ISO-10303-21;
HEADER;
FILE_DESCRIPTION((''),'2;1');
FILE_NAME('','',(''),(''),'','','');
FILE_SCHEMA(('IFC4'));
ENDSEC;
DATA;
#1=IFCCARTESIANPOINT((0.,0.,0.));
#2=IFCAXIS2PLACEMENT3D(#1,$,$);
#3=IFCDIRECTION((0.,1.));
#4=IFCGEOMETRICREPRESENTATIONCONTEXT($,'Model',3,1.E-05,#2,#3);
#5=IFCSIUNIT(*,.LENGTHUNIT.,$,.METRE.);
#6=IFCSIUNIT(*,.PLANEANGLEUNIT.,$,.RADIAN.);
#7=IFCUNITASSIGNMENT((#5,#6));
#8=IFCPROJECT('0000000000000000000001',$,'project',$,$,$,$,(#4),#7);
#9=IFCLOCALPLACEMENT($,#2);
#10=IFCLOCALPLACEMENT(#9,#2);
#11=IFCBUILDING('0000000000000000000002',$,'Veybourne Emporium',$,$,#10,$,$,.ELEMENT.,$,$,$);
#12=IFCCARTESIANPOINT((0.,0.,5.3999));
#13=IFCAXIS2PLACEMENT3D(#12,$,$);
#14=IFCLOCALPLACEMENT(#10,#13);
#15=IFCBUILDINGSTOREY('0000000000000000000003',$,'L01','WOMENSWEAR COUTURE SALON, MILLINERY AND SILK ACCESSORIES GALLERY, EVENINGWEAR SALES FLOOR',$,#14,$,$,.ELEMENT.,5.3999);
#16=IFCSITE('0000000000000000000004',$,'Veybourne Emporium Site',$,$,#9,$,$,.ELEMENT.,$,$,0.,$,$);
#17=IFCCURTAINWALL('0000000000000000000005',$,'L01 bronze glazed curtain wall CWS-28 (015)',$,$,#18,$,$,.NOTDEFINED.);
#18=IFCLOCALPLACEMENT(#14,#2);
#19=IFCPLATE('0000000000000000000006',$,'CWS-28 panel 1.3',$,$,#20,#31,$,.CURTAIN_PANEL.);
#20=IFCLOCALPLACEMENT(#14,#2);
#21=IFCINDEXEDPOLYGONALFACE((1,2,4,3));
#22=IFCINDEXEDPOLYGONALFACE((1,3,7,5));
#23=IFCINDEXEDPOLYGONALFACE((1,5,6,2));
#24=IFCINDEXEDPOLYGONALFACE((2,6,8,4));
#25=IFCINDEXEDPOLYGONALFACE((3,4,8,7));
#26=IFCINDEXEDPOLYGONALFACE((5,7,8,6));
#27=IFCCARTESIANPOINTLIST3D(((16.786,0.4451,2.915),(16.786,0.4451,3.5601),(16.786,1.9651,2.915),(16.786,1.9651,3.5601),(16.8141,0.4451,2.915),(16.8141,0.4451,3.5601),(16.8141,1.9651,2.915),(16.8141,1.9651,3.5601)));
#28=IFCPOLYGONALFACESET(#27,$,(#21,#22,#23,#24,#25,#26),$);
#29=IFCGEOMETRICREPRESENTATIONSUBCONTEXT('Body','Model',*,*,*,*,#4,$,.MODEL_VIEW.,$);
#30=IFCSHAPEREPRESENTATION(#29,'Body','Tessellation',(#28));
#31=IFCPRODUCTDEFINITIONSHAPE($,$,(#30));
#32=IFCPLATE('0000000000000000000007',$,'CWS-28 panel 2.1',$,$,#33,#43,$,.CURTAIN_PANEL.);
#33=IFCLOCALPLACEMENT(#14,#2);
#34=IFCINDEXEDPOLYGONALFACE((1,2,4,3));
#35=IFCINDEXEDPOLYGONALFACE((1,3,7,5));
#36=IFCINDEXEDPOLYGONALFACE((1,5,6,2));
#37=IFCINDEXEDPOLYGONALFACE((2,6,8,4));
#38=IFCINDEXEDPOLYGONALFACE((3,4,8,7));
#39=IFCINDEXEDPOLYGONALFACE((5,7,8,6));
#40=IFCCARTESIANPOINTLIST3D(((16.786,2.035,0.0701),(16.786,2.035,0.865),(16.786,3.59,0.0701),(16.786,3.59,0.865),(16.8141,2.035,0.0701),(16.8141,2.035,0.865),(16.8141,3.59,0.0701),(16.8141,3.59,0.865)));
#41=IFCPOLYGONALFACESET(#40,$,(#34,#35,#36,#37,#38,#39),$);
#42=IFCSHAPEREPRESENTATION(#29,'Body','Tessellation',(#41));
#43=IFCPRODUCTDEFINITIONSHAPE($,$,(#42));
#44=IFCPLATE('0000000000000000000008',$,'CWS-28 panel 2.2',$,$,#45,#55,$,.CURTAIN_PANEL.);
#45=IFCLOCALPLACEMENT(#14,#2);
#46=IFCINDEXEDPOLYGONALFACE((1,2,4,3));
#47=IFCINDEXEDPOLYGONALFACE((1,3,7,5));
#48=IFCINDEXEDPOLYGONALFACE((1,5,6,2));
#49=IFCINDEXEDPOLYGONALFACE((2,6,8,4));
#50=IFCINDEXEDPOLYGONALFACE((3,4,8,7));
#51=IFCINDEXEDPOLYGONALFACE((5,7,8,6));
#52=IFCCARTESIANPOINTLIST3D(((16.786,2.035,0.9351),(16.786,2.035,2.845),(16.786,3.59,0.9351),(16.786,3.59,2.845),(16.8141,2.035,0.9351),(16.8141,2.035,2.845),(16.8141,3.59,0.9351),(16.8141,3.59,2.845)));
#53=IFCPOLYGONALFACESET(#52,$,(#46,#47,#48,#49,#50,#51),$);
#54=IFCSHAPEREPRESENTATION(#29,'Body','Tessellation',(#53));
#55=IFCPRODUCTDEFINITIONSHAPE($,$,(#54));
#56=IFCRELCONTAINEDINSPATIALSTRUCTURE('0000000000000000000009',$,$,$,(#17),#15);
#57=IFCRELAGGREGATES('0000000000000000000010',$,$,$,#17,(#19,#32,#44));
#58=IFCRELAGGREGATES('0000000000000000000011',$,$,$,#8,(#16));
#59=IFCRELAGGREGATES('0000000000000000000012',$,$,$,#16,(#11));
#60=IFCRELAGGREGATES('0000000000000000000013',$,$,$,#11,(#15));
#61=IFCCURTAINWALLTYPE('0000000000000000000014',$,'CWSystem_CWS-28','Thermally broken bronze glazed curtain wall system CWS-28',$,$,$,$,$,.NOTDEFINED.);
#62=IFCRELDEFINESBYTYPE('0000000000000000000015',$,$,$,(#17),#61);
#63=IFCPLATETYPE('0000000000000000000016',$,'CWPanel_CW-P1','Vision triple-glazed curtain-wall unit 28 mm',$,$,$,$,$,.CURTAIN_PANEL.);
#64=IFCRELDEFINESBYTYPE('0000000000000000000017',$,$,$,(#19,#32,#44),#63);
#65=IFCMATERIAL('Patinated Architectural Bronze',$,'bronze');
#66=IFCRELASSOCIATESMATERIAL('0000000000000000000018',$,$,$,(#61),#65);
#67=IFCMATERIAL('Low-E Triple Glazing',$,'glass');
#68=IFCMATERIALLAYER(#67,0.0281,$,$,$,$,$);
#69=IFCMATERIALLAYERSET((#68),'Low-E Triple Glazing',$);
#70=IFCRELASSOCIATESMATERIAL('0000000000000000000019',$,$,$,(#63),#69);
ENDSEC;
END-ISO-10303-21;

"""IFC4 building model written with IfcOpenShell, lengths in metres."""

from ifc_helpers import new_model, si_unit, direction, frame, origin, origin_2d, place, context, subcontext, project, spatial, rectangle, extrude, material, layer, layer_set, type_object, element, aggregate, save


model = new_model("IFC4")

# Units and contexts
model_context = context("Model", 3, precision=1e-05, world=origin(), true_north=direction((0.0, 1.0)))
body_context = subcontext(model_context, "Body", "Model", "MODEL_VIEW")
ifc_project = project(units=[si_unit("LENGTHUNIT", "METRE"), si_unit("PLANEANGLEUNIT", "RADIAN")], contexts=[model_context])

# Site, building, storey
site_placement = place(None, origin())
site = spatial("IfcSite", under=ifc_project, at=site_placement, Name="Veybourne Emporium Site", CompositionType="ELEMENT", RefElevation=0.0)
building_placement = place(site_placement, origin())
building = spatial("IfcBuilding", under=site, at=building_placement, Name="Veybourne Emporium", CompositionType="ELEMENT")
storey_placement = place(building_placement, frame((0.0, 0.0, 5.3999)))
storey = spatial("IfcBuildingStorey", under=building, at=storey_placement, Name="L01", Description="WOMENSWEAR COUTURE SALON, MILLINERY AND SILK ACCESSORIES GALLERY, EVENINGWEAR SALES FLOOR", CompositionType="ELEMENT", Elevation=5.3999)

# Curtain wall
ifc_material_1 = material(Name="Patinated Architectural Bronze", Category="bronze")
curtain_wall_type_1 = type_object("IfcCurtainWallType", Name="CWSystem_CWS-28", Description="Thermally broken bronze glazed curtain wall system CWS-28", PredefinedType="NOTDEFINED", material=ifc_material_1)
curtain_wall_1_placement = place(storey_placement, origin())
curtain_wall_1 = element("IfcCurtainWall", 1, at=curtain_wall_1_placement, inside=storey, type_object=curtain_wall_type_1, Name="L01 bronze glazed curtain wall CWS-28 (015)", PredefinedType="NOTDEFINED")

# Shared definitions
ifc_material_2 = material(Name="Low-E Triple Glazing", Category="glass")
ifc_layer_1 = layer(ifc_material_2, 0.0281)
ifc_layer_set_1 = layer_set([ifc_layer_1], Name="Low-E Triple Glazing")
plate_type = type_object("IfcPlateType", Name="CWPanel_CW-P1", Description="Vision triple-glazed curtain-wall unit 28 mm", PredefinedType="CURTAIN_PANEL", material=ifc_layer_set_1)

# Plates
plate_1_placement = place(storey_placement, frame((16.8, 1.2051, 2.915), z_axis=(0.0, 0.0, 1.0), x_axis=(0.0, 1.0, 0.0)))
plate_1 = element("IfcPlate", 2, at=plate_1_placement, type_object=plate_type, Name="CWS-28 panel 1.3", PredefinedType="CURTAIN_PANEL", context=body_context, shape_type="SweptSolid", body=[
    extrude(rectangle(XDim=1.52, YDim=0.0281, at=origin_2d()), origin(), (0.0, 0.0, 1.0), 0.645),
])
plate_2_placement = place(storey_placement, frame((16.8, 2.8125, 0.0701), z_axis=(0.0, 0.0, 1.0), x_axis=(0.0, 1.0, 0.0)))
plate_2 = element("IfcPlate", 3, at=plate_2_placement, type_object=plate_type, Name="CWS-28 panel 2.1", PredefinedType="CURTAIN_PANEL", context=body_context, shape_type="SweptSolid", body=[
    extrude(rectangle(XDim=1.5549, YDim=0.0281, at=origin_2d()), origin(), (0.0, 0.0, 1.0), 0.7949),
])
plate_3_placement = place(storey_placement, frame((16.8, 2.8125, 0.9351), z_axis=(0.0, 0.0, 1.0), x_axis=(0.0, 1.0, 0.0)))
plate_3 = element("IfcPlate", 4, at=plate_3_placement, type_object=plate_type, Name="CWS-28 panel 2.2", PredefinedType="CURTAIN_PANEL", context=body_context, shape_type="SweptSolid", body=[
    extrude(rectangle(XDim=1.5549, YDim=0.0281, at=origin_2d()), origin(), (0.0, 0.0, 1.0), 1.9099),
])
aggregate(curtain_wall_1, [plate_1, plate_2, plate_3])

save(model, "model.ifc")
